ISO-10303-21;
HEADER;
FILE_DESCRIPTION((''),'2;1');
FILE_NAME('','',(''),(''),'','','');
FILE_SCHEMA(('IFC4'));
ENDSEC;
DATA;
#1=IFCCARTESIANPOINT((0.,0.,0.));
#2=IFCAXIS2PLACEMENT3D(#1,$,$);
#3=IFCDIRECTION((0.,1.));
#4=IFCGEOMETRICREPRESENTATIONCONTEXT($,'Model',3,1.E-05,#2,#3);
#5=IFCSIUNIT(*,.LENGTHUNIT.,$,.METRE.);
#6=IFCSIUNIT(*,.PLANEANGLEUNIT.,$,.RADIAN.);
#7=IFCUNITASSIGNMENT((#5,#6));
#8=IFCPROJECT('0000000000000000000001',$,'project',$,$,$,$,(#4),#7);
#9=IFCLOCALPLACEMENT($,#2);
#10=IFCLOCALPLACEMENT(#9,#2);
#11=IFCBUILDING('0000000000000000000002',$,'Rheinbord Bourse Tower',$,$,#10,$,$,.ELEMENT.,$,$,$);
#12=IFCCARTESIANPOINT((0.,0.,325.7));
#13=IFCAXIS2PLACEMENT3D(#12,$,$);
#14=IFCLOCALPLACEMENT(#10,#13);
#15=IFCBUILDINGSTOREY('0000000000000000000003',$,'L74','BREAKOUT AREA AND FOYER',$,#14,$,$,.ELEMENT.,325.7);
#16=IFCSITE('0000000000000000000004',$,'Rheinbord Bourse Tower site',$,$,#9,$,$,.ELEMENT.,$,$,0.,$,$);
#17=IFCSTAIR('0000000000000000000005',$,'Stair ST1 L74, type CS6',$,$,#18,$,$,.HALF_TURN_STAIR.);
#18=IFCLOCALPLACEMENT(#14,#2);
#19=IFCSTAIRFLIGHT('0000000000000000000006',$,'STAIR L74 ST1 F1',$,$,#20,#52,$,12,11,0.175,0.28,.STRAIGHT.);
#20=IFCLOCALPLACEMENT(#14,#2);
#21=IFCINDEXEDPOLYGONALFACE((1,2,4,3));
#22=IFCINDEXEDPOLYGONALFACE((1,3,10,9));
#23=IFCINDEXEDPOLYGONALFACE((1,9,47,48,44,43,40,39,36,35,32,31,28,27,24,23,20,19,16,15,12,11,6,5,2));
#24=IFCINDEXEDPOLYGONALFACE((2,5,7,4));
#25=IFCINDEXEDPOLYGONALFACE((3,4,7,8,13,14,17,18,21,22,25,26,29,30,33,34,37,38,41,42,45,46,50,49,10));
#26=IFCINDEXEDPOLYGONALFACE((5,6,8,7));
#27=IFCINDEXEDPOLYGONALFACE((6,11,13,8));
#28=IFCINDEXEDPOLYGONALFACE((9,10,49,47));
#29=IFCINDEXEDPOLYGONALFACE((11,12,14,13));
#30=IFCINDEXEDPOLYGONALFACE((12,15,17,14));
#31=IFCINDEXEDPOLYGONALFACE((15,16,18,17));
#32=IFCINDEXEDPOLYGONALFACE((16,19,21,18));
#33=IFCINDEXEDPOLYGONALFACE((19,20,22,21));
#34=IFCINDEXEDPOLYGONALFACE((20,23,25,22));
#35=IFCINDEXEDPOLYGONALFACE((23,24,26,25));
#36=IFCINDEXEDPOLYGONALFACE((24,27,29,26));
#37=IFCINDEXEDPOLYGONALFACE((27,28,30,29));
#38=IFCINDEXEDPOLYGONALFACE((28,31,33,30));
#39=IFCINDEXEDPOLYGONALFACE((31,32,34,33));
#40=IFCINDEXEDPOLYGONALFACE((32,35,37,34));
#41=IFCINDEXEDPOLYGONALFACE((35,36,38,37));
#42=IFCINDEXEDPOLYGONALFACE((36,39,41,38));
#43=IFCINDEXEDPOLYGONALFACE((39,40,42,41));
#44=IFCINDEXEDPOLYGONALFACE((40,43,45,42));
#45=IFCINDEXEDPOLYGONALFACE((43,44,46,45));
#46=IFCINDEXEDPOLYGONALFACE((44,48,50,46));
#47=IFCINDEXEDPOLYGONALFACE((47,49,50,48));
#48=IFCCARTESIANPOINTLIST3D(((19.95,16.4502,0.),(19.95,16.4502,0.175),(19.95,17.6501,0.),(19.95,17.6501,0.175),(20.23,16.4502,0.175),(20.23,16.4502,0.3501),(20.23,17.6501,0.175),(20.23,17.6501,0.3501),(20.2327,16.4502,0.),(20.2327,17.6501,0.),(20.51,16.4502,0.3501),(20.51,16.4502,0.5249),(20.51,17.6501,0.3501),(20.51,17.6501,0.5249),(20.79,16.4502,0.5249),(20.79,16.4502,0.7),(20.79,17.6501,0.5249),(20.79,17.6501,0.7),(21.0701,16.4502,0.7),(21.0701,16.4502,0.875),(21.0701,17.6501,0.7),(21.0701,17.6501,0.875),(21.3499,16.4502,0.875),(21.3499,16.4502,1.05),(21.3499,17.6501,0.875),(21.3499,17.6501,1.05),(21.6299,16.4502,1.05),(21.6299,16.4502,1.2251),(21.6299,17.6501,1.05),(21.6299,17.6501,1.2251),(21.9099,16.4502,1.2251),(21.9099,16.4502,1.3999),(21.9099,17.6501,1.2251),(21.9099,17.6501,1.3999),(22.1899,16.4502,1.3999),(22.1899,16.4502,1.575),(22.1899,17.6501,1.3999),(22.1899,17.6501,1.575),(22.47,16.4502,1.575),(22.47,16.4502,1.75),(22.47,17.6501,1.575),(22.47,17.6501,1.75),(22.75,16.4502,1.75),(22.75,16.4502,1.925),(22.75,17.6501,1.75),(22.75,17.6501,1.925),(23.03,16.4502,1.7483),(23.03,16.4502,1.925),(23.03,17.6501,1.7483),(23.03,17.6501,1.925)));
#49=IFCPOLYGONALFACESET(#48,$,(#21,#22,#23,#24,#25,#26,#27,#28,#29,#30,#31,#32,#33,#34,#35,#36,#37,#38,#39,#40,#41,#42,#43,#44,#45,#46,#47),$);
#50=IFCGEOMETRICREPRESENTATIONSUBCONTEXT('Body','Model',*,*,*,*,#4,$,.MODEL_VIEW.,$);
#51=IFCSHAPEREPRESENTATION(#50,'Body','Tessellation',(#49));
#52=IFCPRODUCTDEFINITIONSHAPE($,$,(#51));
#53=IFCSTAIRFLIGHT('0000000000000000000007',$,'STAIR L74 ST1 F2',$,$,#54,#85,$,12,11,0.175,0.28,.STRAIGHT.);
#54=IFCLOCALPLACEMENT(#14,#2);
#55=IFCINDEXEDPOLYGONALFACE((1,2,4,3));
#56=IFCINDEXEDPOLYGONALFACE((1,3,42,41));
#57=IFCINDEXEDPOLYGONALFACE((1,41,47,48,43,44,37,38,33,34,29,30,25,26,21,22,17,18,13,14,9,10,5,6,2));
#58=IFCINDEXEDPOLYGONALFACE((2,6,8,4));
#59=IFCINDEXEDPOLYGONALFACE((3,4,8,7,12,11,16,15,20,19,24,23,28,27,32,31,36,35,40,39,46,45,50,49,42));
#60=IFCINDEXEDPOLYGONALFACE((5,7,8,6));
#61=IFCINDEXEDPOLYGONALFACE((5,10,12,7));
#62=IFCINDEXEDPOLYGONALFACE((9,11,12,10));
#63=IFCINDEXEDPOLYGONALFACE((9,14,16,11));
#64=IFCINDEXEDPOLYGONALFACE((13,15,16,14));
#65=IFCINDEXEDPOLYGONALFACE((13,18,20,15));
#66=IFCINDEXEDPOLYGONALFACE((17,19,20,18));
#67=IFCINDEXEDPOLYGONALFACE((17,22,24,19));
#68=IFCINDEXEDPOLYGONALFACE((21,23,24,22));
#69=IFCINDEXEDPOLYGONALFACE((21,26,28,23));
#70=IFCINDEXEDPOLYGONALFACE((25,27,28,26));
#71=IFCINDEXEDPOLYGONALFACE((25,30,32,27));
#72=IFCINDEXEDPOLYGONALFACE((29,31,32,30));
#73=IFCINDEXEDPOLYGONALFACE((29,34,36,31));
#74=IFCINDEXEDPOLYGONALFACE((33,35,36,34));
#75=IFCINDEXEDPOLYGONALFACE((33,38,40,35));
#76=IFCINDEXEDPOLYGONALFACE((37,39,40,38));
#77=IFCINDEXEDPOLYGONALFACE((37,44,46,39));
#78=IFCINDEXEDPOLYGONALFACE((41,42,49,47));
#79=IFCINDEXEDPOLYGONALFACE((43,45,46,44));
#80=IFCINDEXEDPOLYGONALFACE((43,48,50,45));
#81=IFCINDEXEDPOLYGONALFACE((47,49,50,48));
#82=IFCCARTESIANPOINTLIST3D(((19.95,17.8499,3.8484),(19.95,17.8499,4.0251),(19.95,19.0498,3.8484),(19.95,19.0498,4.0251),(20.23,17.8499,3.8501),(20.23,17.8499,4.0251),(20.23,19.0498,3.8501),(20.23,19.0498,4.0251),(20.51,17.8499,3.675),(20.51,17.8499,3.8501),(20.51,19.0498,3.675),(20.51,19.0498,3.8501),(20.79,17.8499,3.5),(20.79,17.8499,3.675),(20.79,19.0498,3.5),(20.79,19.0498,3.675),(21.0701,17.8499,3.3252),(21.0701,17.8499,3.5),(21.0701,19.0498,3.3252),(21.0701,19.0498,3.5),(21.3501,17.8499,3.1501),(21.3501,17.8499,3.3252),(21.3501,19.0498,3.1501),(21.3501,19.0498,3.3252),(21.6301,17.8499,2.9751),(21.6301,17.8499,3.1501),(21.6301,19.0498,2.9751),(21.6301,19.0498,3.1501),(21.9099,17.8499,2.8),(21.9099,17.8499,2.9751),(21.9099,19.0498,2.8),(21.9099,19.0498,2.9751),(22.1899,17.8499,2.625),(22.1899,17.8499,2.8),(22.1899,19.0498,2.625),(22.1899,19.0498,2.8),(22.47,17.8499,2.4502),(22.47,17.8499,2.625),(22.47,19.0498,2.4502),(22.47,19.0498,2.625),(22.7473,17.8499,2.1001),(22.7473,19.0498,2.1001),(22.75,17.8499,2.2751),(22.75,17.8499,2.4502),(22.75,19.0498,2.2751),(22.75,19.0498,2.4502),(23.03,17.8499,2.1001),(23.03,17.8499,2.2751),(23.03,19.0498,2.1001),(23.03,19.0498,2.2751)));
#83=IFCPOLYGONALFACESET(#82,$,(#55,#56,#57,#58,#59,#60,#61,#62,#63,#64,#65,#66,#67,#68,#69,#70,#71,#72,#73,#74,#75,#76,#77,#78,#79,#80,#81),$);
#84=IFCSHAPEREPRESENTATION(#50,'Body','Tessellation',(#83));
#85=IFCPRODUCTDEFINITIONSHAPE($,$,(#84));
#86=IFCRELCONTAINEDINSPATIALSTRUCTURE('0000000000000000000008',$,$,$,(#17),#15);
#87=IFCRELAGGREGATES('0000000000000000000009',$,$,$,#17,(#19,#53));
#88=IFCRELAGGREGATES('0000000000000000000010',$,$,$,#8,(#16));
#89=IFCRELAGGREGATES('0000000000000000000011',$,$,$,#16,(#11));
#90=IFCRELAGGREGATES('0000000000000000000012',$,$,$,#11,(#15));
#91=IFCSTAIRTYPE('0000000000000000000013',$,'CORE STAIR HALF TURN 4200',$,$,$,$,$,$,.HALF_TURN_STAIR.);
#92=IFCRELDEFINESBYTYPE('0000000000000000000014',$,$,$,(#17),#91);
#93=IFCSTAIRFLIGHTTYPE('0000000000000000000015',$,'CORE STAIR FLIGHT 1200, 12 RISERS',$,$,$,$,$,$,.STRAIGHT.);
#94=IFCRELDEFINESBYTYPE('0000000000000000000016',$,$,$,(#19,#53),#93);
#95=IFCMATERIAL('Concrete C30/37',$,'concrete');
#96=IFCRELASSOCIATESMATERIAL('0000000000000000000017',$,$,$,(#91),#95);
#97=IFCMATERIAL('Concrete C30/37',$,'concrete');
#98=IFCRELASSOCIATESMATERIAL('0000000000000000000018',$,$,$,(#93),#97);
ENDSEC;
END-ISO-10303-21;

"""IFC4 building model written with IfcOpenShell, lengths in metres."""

from ifc_helpers import new_model, si_unit, direction, frame, origin, place, context, subcontext, project, spatial, polyline, outline, extrude, material, type_object, element, aggregate, save


model = new_model("IFC4")

# Units and contexts
model_context = context("Model", 3, precision=1e-05, world=origin(), true_north=direction((0.0, 1.0)))
body_context = subcontext(model_context, "Body", "Model", "MODEL_VIEW")
ifc_project = project(units=[si_unit("LENGTHUNIT", "METRE"), si_unit("PLANEANGLEUNIT", "RADIAN")], contexts=[model_context])

# Site, building, storey
site_placement = place(None, origin())
site = spatial("IfcSite", under=ifc_project, at=site_placement, Name="Rheinbord Bourse Tower site", CompositionType="ELEMENT", RefElevation=0.0)
building_placement = place(site_placement, origin())
building = spatial("IfcBuilding", under=site, at=building_placement, Name="Rheinbord Bourse Tower", CompositionType="ELEMENT")
storey_placement = place(building_placement, frame((0.0, 0.0, 325.7)))
storey = spatial("IfcBuildingStorey", under=building, at=storey_placement, Name="L74", Description="BREAKOUT AREA AND FOYER", CompositionType="ELEMENT", Elevation=325.7)

# Stair, stair flights
ifc_material_1 = material(Name="Concrete C30/37", Category="concrete")
stair_type = type_object("IfcStairType", Name="CORE STAIR HALF TURN 4200", PredefinedType="HALF_TURN_STAIR", material=ifc_material_1)
stair_placement = place(storey_placement, origin())
stair = element("IfcStair", 1, at=stair_placement, inside=storey, type_object=stair_type, Name="Stair ST1 L74, type CS6", PredefinedType="HALF_TURN_STAIR")
ifc_material_2 = material(Name="Concrete C30/37", Category="concrete")
stair_flight_type = type_object("IfcStairFlightType", Name="CORE STAIR FLIGHT 1200, 12 RISERS", PredefinedType="STRAIGHT", material=ifc_material_2)
stair_flight_1_placement = place(storey_placement, frame((19.95, 17.05, 0.0), z_axis=(0.0, 0.0, 1.0), x_axis=(1.0, 0.0, 0.0)))
stair_flight_1 = element("IfcStairFlight", 2, at=stair_flight_1_placement, type_object=stair_flight_type, Name="STAIR L74 ST1 F1", NumberOfRisers=12, NumberOfTreads=11, PredefinedType="STRAIGHT", RiserHeight=0.175, TreadLength=0.28, context=body_context, shape_type="SweptSolid", body=[
    extrude(outline(polyline([(0.0, 0.0), (0.0, 0.175), (0.28, 0.175), (0.28, 0.3501), (0.5601, 0.3501), (0.5601, 0.5249), (0.8401, 0.5249), (0.8401, 0.7), (1.1201, 0.7), (1.1201, 0.875), (1.3999, 0.875), (1.3999, 1.05), (1.6799, 1.05), (1.6799, 1.2251), (1.96, 1.2251), (1.96, 1.3999), (2.24, 1.3999), (2.24, 1.575), (2.52, 1.575), (2.52, 1.75), (2.8, 1.75), (2.8, 1.925), (3.0801, 1.925), (3.0801, 2.1001), (3.0801, 1.7483), (0.2827, 0.0), (0.0, 0.0)])), frame((0.0, 0.6001, 0.0), z_axis=(0.0, -1.0, 0.0), x_axis=(1.0, 0.0, 0.0)), (0.0, 0.0, 1.0), 1.2),
])
stair_flight_2_placement = place(storey_placement, frame((23.03, 18.45, 2.1001), z_axis=(0.0, 0.0, 1.0), x_axis=(-1.0, 0.0, 0.0)))
stair_flight_2 = element("IfcStairFlight", 3, at=stair_flight_2_placement, type_object=stair_flight_type, Name="STAIR L74 ST1 F2", NumberOfRisers=12, NumberOfTreads=11, PredefinedType="STRAIGHT", RiserHeight=0.175, TreadLength=0.28, context=body_context, shape_type="SweptSolid", body=[
    extrude(outline(polyline([(0.0, 0.0), (0.0, 0.175), (0.28, 0.175), (0.28, 0.3501), (0.5601, 0.3501), (0.5601, 0.5249), (0.8401, 0.5249), (0.8401, 0.7), (1.1201, 0.7), (1.1201, 0.875), (1.3999, 0.875), (1.3999, 1.05), (1.6799, 1.05), (1.6799, 1.2251), (1.96, 1.2251), (1.96, 1.3999), (2.24, 1.3999), (2.24, 1.575), (2.52, 1.575), (2.52, 1.75), (2.8, 1.75), (2.8, 1.925), (3.0801, 1.925), (3.0801, 2.1001), (3.0801, 1.7483), (0.2827, 0.0), (0.0, 0.0)])), frame((0.0, 0.6001, 0.0), z_axis=(0.0, -1.0, 0.0), x_axis=(1.0, 0.0, 0.0)), (0.0, 0.0, 1.0), 1.2),
])
aggregate(stair, [stair_flight_1, stair_flight_2])

save(model, "model.ifc")
